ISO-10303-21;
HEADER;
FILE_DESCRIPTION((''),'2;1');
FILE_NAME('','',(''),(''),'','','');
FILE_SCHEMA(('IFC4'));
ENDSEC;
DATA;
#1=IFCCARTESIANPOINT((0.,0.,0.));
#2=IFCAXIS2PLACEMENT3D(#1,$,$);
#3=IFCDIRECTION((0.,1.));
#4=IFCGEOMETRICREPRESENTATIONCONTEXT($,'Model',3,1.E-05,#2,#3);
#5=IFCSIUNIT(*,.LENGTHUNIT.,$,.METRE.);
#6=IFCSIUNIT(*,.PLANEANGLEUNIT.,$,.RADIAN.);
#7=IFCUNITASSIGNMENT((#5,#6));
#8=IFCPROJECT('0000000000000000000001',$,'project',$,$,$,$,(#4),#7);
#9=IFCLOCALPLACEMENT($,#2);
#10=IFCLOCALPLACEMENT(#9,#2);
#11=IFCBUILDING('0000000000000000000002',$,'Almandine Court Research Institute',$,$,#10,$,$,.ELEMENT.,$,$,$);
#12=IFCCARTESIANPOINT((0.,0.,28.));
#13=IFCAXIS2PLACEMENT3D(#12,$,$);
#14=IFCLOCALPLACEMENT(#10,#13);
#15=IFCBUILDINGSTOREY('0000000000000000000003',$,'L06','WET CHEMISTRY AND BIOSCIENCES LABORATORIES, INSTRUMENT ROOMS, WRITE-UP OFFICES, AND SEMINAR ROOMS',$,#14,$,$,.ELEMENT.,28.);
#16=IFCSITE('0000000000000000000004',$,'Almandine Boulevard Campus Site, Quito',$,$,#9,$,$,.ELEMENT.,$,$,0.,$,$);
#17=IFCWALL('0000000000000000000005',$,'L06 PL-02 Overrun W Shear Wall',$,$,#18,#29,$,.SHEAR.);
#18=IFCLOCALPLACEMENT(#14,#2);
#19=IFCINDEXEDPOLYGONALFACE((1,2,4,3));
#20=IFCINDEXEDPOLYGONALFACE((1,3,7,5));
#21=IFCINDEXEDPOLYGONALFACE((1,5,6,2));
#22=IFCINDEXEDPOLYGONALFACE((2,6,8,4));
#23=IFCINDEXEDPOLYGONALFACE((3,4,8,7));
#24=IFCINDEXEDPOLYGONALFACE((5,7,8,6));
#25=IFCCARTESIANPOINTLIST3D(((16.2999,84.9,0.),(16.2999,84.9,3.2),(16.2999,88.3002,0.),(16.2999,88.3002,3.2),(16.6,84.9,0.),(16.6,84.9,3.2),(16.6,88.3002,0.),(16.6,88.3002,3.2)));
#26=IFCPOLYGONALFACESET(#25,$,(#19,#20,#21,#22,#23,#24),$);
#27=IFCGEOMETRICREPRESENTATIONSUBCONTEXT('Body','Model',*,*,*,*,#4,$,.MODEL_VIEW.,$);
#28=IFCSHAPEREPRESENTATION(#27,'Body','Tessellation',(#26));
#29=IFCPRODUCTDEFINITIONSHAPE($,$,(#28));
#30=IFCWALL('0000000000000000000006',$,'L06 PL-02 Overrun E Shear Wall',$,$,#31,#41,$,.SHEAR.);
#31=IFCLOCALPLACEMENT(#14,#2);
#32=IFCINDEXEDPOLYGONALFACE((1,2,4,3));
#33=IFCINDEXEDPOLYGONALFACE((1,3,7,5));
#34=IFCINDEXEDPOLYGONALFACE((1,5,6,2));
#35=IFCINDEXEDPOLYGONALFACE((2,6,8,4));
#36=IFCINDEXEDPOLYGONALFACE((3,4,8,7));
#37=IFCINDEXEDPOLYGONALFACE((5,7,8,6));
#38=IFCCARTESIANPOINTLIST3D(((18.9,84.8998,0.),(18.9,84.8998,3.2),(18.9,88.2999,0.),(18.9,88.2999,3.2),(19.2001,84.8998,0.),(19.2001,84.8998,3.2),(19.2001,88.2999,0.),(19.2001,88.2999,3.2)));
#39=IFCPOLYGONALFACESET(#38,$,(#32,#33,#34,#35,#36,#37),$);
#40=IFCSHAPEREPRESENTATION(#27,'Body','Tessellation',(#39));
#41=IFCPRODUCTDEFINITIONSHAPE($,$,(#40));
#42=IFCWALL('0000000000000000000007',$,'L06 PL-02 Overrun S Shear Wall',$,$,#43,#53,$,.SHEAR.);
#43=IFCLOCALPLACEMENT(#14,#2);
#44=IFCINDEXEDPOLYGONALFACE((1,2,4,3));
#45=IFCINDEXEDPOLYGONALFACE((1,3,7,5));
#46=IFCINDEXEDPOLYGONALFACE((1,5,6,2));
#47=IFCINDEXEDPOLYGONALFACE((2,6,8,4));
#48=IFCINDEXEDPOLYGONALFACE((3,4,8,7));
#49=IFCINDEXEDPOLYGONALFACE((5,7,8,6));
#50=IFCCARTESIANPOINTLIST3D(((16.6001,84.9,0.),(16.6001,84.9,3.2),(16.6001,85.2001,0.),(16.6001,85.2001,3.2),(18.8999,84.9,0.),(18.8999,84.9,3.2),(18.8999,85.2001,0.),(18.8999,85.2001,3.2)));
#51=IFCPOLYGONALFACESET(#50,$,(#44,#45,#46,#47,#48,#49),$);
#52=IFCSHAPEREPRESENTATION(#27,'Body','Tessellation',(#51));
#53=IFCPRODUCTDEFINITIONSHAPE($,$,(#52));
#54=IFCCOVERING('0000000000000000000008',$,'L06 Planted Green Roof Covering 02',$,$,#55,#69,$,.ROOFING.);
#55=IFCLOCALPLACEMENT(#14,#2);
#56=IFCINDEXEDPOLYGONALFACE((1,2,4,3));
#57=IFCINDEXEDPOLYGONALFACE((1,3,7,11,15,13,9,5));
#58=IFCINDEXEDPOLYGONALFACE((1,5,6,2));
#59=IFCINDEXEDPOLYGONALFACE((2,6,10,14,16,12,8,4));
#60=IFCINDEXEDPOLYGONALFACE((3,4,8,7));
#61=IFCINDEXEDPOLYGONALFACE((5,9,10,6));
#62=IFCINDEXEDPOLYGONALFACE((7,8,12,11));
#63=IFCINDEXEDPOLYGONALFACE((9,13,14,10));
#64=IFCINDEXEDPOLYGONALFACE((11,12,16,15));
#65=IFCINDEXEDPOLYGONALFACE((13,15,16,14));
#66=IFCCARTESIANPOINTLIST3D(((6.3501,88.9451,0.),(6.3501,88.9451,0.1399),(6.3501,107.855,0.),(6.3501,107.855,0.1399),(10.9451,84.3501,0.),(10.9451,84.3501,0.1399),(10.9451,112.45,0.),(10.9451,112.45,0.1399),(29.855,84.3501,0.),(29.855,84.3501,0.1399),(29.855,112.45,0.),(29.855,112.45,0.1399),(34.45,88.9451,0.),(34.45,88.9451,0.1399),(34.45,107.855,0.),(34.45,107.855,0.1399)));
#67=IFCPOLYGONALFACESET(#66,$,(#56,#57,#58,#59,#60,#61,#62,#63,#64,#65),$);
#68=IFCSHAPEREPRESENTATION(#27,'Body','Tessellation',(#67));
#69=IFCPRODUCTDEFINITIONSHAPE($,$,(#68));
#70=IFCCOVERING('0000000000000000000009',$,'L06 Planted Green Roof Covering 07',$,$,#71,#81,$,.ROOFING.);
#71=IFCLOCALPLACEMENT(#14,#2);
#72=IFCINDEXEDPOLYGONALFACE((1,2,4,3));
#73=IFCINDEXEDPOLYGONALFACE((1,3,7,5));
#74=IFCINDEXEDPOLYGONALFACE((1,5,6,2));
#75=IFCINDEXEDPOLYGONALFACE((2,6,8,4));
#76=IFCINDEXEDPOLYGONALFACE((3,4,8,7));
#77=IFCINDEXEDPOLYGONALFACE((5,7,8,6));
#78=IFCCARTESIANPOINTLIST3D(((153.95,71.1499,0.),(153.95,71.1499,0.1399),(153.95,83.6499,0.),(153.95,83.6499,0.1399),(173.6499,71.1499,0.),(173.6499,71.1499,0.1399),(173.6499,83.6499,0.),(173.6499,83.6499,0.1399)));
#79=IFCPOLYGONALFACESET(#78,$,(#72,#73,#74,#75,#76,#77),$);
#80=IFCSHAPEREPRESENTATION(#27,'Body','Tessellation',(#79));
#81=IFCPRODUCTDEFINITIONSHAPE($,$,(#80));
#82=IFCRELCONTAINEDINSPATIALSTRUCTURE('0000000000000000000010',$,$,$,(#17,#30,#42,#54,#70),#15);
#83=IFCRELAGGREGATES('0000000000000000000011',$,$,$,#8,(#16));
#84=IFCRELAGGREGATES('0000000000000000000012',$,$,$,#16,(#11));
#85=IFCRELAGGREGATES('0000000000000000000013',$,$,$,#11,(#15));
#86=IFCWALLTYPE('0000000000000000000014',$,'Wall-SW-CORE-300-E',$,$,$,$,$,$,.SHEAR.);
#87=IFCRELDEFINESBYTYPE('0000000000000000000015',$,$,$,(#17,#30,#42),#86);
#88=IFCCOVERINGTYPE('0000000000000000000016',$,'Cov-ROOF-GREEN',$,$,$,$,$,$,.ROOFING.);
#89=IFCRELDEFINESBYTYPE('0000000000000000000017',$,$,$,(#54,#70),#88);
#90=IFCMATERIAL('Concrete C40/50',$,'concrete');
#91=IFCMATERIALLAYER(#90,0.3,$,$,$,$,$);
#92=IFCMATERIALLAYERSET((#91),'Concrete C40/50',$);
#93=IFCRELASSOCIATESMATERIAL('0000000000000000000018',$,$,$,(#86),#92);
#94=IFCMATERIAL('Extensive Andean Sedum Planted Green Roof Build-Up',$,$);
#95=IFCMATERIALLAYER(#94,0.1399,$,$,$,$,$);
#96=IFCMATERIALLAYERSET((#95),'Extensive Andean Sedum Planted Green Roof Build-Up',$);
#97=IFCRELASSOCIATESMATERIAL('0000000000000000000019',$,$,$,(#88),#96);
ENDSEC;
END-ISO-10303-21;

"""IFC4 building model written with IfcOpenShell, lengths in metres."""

from ifc_helpers import new_model, si_unit, direction, frame, frame_2d, origin, place, context, subcontext, project, spatial, polyline, rectangle, outline, extrude, material, layer, layer_set, type_object, element, save


model = new_model("IFC4")

# Units and contexts
model_context = context("Model", 3, precision=1e-05, world=origin(), true_north=direction((0.0, 1.0)))
body_context = subcontext(model_context, "Body", "Model", "MODEL_VIEW")
ifc_project = project(units=[si_unit("LENGTHUNIT", "METRE"), si_unit("PLANEANGLEUNIT", "RADIAN")], contexts=[model_context])

# Site, building, storey
site_placement = place(None, origin())
site = spatial("IfcSite", under=ifc_project, at=site_placement, Name="Almandine Boulevard Campus Site, Quito", CompositionType="ELEMENT", RefElevation=0.0)
building_placement = place(site_placement, origin())
building = spatial("IfcBuilding", under=site, at=building_placement, Name="Almandine Court Research Institute", CompositionType="ELEMENT")
storey_placement = place(building_placement, frame((0.0, 0.0, 28.0)))
storey = spatial("IfcBuildingStorey", under=building, at=storey_placement, Name="L06", Description="WET CHEMISTRY AND BIOSCIENCES LABORATORIES, INSTRUMENT ROOMS, WRITE-UP OFFICES, AND SEMINAR ROOMS", CompositionType="ELEMENT", Elevation=28.0)

# Shared definitions
ifc_material_1 = material(Name="Concrete C40/50", Category="concrete")
ifc_layer_1 = layer(ifc_material_1, 0.3)
ifc_layer_set_1 = layer_set([ifc_layer_1], Name="Concrete C40/50")
wall_type_1 = type_object("IfcWallType", Name="Wall-SW-CORE-300-E", PredefinedType="SHEAR", material=ifc_layer_set_1)

# Wall
wall_1_placement = place(storey_placement, frame((16.45, 84.8999, 0.0), z_axis=(0.0, 0.0, 1.0), x_axis=(0.0, 1.0, 0.0)))
element("IfcWall", 1, at=wall_1_placement, inside=storey, type_object=wall_type_1, Name="L06 PL-02 Overrun W Shear Wall", PredefinedType="SHEAR", context=body_context, shape_type="SweptSolid", body=[
    extrude(rectangle(XDim=3.4001, YDim=0.3, at=frame_2d((1.7002, 0.0))), origin(), (0.0, 0.0, 1.0), 3.2),
])

# Walls
wall_2_placement = place(storey_placement, frame((19.05, 88.3, 0.0), z_axis=(0.0, 0.0, 1.0), x_axis=(0.0, -1.0, 0.0)))
element("IfcWall", 2, at=wall_2_placement, inside=storey, type_object=wall_type_1, Name="L06 PL-02 Overrun E Shear Wall", PredefinedType="SHEAR", context=body_context, shape_type="SweptSolid", body=[
    extrude(rectangle(XDim=3.4001, YDim=0.3, at=frame_2d((1.7002, 0.0))), origin(), (0.0, 0.0, 1.0), 3.2),
])
wall_3_placement = place(storey_placement, frame((18.8999, 85.05, 0.0), z_axis=(0.0, 0.0, 1.0), x_axis=(-1.0, 0.0, 0.0)))
element("IfcWall", 3, at=wall_3_placement, inside=storey, type_object=wall_type_1, Name="L06 PL-02 Overrun S Shear Wall", PredefinedType="SHEAR", context=body_context, shape_type="SweptSolid", body=[
    extrude(rectangle(XDim=2.2998, YDim=0.3, at=frame_2d((1.1499, 0.0))), origin(), (0.0, 0.0, 1.0), 3.2),
])

# Coverings
ifc_material_2 = material(Name="Extensive Andean Sedum Planted Green Roof Build-Up")
ifc_layer_2 = layer(ifc_material_2, 0.1399)
ifc_layer_set_2 = layer_set([ifc_layer_2], Name="Extensive Andean Sedum Planted Green Roof Build-Up")
covering_type = type_object("IfcCoveringType", Name="Cov-ROOF-GREEN", PredefinedType="ROOFING", material=ifc_layer_set_2)
covering_1_placement = place(storey_placement, origin())
element("IfcCovering", 4, at=covering_1_placement, inside=storey, type_object=covering_type, Name="L06 Planted Green Roof Covering 02", PredefinedType="ROOFING", context=body_context, shape_type="SweptSolid", body=[
    extrude(outline(polyline([(10.9451, 84.3501), (6.3501, 88.9451), (6.3501, 107.855), (10.9451, 112.45), (29.855, 112.45), (34.45, 107.855), (34.45, 88.9451), (29.855, 84.3501), (10.9451, 84.3501)])), origin(), (0.0, 0.0, 1.0), 0.1399),
])
covering_2_placement = place(storey_placement, origin())
element("IfcCovering", 5, at=covering_2_placement, inside=storey, type_object=covering_type, Name="L06 Planted Green Roof Covering 07", PredefinedType="ROOFING", context=body_context, shape_type="SweptSolid", body=[
    extrude(outline(polyline([(153.95, 71.1499), (153.95, 83.6499), (173.6499, 83.6499), (173.6499, 71.1499), (153.95, 71.1499)])), origin(), (0.0, 0.0, 1.0), 0.1399),
])

save(model, "model.ifc")
